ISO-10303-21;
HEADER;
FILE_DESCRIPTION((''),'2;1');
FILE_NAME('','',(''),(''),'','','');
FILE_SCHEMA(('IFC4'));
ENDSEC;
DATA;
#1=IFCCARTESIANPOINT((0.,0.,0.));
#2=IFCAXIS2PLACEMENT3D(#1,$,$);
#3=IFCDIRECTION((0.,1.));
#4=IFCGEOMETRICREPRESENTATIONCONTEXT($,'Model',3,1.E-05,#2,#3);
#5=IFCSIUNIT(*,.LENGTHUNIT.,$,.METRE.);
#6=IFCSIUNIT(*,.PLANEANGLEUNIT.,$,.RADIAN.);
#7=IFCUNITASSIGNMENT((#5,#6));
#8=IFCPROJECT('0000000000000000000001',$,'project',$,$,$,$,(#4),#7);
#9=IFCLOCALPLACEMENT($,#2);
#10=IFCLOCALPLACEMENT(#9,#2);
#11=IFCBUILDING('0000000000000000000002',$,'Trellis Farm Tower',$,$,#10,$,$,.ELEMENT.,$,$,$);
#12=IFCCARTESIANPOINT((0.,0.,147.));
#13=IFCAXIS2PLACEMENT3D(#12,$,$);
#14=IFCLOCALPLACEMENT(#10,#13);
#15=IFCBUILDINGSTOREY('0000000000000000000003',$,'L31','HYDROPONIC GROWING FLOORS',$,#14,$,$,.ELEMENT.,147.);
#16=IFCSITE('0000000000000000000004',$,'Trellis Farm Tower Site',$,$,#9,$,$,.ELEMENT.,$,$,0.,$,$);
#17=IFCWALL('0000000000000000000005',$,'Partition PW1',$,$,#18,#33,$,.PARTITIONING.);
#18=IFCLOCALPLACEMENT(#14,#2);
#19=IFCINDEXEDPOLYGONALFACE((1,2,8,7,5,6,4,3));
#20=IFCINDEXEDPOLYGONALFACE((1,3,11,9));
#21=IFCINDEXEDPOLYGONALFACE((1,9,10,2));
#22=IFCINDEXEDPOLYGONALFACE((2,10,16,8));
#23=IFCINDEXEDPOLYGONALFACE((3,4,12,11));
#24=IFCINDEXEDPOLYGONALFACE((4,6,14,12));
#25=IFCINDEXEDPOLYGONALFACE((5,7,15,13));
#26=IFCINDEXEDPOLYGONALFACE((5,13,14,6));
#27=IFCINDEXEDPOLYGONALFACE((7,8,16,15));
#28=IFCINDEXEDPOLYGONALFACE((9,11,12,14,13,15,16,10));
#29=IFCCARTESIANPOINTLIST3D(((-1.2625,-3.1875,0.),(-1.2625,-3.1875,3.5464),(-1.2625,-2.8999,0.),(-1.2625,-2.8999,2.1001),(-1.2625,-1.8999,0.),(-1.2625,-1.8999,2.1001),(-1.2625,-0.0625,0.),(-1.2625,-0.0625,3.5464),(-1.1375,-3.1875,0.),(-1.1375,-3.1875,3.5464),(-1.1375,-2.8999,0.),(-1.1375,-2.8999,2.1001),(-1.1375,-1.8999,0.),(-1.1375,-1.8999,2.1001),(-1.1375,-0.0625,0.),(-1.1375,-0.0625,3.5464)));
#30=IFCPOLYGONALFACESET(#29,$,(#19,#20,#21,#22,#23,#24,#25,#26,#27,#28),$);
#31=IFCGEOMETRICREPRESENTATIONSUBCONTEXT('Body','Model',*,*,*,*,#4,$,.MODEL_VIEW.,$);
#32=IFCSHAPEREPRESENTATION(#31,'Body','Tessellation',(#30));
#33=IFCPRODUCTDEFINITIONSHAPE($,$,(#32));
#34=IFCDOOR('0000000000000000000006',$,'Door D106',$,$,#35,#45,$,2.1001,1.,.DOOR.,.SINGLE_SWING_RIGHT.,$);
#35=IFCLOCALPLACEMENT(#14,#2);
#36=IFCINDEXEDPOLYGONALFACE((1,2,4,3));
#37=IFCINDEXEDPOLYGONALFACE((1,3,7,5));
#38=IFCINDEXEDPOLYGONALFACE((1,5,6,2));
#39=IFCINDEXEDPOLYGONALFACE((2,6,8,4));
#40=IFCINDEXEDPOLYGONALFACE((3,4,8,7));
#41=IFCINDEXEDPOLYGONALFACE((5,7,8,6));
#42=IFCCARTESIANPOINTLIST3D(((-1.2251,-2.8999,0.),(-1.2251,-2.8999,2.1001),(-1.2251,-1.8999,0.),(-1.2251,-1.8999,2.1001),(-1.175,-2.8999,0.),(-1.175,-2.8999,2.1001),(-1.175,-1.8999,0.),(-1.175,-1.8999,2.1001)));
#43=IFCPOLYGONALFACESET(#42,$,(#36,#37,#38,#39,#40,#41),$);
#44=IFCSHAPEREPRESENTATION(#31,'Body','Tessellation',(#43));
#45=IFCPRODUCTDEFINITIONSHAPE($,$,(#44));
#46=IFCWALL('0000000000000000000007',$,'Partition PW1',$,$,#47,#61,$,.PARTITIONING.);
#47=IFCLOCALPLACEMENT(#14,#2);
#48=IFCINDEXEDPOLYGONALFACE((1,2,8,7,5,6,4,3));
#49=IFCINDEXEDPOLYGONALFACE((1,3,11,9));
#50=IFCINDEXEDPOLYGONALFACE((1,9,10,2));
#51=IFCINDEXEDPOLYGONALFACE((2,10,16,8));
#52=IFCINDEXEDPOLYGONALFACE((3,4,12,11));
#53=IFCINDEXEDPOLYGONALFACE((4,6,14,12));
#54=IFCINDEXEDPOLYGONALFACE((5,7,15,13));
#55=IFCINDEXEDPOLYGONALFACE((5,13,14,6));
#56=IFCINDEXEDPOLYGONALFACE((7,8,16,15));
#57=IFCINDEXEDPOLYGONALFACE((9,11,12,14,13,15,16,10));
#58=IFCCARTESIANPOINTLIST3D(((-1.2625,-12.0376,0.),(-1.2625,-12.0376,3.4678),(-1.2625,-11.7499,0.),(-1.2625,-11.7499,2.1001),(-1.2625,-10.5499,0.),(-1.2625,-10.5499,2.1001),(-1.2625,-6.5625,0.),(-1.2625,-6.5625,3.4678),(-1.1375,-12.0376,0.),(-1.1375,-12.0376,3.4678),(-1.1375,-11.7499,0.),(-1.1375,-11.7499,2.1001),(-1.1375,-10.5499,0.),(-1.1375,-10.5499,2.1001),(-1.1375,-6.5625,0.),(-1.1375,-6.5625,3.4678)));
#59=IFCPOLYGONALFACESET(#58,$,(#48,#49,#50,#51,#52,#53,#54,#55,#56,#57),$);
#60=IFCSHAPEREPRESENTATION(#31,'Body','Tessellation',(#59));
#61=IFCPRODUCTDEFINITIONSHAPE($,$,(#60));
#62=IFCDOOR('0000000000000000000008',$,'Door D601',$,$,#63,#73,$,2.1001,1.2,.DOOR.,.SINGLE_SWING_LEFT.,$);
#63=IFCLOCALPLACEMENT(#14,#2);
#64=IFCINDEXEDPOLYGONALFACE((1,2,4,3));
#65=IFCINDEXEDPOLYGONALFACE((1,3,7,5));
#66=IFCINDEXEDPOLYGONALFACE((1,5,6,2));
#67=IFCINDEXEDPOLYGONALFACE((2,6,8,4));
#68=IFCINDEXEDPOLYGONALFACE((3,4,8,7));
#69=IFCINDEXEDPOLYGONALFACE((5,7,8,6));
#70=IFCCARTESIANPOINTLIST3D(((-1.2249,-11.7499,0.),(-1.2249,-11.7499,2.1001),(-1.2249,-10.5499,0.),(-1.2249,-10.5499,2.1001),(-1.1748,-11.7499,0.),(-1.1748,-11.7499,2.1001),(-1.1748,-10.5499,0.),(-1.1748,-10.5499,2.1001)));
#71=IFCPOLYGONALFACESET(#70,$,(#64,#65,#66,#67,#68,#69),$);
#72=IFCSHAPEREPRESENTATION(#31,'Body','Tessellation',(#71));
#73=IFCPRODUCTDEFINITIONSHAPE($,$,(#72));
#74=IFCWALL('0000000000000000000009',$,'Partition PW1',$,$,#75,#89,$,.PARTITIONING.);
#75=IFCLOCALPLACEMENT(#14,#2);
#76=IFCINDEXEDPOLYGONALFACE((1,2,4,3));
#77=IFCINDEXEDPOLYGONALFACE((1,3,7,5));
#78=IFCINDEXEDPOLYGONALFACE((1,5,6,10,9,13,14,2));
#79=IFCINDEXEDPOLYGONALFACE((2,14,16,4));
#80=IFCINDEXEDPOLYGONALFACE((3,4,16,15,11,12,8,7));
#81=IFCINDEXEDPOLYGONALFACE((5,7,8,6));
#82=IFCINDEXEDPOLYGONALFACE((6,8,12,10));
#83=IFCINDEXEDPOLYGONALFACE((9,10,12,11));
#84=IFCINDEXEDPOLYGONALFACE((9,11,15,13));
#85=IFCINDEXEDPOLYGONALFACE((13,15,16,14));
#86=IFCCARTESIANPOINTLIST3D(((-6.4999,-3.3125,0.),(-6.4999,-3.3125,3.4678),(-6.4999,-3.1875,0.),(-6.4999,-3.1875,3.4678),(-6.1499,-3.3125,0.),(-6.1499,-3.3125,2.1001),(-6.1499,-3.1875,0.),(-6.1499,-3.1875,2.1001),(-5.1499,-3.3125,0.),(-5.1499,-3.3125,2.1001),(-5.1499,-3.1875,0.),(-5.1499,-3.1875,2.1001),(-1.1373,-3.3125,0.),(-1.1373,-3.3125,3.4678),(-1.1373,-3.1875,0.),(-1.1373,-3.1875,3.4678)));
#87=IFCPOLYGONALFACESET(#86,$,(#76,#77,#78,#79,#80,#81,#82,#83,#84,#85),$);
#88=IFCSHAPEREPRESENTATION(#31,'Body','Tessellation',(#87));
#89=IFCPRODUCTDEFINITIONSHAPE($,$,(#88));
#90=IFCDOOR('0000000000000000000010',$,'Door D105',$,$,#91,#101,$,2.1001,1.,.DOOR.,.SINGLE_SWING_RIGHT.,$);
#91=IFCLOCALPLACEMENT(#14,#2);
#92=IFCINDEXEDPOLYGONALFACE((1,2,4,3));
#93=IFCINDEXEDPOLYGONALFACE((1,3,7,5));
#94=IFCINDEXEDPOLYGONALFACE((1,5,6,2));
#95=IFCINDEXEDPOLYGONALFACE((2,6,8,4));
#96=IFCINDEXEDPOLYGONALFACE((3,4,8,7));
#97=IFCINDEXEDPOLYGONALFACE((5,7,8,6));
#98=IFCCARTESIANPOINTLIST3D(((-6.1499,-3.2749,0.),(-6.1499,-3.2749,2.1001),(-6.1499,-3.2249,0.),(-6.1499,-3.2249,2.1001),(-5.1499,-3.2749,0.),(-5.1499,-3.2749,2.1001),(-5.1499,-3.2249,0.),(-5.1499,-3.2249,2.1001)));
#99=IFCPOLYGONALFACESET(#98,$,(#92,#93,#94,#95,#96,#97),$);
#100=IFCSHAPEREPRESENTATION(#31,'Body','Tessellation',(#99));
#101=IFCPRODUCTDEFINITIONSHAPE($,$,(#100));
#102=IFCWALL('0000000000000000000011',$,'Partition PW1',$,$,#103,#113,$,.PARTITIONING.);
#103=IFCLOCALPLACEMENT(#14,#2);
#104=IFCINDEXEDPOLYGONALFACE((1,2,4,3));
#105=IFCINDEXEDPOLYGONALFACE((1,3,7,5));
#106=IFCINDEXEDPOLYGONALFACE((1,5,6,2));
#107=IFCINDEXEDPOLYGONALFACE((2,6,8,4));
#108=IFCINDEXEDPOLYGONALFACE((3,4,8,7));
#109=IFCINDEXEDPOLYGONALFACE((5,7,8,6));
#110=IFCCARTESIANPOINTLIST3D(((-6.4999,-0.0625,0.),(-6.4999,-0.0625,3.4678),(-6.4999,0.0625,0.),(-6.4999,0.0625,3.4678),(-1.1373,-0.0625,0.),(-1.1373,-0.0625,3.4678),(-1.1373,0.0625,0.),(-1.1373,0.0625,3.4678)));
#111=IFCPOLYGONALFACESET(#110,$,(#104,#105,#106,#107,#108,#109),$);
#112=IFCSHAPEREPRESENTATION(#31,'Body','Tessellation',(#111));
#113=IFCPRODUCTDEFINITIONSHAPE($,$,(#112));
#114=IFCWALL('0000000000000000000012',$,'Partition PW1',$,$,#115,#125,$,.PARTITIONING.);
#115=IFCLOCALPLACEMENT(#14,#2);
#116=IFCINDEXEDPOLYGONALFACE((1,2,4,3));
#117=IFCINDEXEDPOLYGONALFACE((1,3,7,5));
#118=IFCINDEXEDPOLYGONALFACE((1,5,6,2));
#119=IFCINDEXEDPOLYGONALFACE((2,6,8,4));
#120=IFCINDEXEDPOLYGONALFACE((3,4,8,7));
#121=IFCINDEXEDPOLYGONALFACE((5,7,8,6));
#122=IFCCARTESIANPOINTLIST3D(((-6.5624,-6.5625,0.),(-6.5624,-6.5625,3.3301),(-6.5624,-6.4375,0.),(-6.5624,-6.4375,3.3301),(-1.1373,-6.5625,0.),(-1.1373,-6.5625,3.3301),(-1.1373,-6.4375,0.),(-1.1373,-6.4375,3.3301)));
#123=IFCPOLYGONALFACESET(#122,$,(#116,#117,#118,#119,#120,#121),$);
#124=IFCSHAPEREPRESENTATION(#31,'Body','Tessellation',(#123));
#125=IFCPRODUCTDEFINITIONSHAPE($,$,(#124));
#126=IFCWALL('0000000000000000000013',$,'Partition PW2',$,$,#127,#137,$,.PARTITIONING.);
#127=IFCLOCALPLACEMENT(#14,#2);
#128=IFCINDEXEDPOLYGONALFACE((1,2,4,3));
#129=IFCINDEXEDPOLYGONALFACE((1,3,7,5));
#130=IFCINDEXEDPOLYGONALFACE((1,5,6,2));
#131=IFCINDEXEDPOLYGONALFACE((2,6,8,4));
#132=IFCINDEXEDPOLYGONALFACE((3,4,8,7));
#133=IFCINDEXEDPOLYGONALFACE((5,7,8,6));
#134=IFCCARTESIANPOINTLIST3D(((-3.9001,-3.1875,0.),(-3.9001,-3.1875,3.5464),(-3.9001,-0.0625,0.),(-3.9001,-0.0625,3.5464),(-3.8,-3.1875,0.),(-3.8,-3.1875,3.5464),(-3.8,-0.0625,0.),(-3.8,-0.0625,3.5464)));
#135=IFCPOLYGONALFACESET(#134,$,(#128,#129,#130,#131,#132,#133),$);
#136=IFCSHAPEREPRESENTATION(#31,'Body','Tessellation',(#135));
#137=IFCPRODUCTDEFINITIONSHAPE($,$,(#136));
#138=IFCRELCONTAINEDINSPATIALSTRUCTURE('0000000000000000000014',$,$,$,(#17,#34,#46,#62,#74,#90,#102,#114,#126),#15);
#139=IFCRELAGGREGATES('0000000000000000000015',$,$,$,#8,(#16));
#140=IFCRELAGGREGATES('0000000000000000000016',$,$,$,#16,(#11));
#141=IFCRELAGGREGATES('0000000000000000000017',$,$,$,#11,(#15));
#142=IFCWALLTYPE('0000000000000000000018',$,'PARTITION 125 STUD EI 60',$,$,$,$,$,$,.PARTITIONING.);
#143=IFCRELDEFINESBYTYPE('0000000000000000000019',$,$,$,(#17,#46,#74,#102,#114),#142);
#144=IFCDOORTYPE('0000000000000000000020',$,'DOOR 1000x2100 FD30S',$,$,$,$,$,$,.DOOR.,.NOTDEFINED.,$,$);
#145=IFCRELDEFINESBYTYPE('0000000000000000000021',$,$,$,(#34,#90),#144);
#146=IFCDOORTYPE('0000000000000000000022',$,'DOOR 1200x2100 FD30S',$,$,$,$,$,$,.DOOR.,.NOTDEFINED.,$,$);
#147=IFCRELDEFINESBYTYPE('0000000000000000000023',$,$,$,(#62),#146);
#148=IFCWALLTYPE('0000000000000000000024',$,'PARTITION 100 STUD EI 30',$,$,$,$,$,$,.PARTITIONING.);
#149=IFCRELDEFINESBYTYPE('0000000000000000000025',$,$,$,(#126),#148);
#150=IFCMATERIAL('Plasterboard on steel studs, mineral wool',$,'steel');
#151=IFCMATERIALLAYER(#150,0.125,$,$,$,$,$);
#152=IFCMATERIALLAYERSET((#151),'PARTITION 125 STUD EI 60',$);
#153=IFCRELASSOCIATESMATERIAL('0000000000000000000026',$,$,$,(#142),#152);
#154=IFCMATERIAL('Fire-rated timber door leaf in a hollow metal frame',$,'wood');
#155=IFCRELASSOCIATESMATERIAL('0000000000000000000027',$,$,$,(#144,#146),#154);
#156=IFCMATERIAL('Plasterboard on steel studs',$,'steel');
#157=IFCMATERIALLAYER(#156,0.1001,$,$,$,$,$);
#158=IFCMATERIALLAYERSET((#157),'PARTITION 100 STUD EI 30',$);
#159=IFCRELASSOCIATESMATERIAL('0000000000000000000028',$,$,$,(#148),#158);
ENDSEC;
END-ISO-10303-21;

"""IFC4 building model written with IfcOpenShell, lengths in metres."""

from ifc_helpers import new_model, si_unit, direction, frame, frame_2d, origin, place, context, subcontext, project, spatial, rectangle, extrude, source, transform, mapped, material, layer, layer_set, type_object, element, fill, save


model = new_model("IFC4")

# Units and contexts
model_context = context("Model", 3, precision=1e-05, world=origin(), true_north=direction((0.0, 1.0)))
body_context = subcontext(model_context, "Body", "Model", "MODEL_VIEW")
ifc_project = project(units=[si_unit("LENGTHUNIT", "METRE"), si_unit("PLANEANGLEUNIT", "RADIAN")], contexts=[model_context])

# Site, building, storey
site_placement = place(None, origin())
site = spatial("IfcSite", under=ifc_project, at=site_placement, Name="Trellis Farm Tower Site", CompositionType="ELEMENT", RefElevation=0.0)
building_placement = place(site_placement, origin())
building = spatial("IfcBuilding", under=site, at=building_placement, Name="Trellis Farm Tower", CompositionType="ELEMENT")
storey_placement = place(building_placement, frame((0.0, 0.0, 147.0)))
storey = spatial("IfcBuildingStorey", under=building, at=storey_placement, Name="L31", Description="HYDROPONIC GROWING FLOORS", CompositionType="ELEMENT", Elevation=147.0)

# Walls, openings, doors
ifc_material_1 = material(Name="Plasterboard on steel studs, mineral wool", Category="steel")
ifc_layer_1 = layer(ifc_material_1, 0.125)
ifc_layer_set_1 = layer_set([ifc_layer_1], Name="PARTITION 125 STUD EI 60")
wall_type_1 = type_object("IfcWallType", Name="PARTITION 125 STUD EI 60", PredefinedType="PARTITIONING", material=ifc_layer_set_1)
shared_shape_1 = source(origin(), body_context, "Body", "SweptSolid", [
    extrude(rectangle(XDim=3.125, YDim=0.125, at=frame_2d((1.5625, 0.0))), origin(), (0.0, 0.0, 1.0), 3.5464),
])
wall_1_placement = place(storey_placement, frame((-1.2, -0.0625, 0.0), z_axis=(0.0, 0.0, 1.0), x_axis=(0.0, -1.0, 0.0)))
wall_1 = element("IfcWall", 1, at=wall_1_placement, inside=storey, type_object=wall_type_1, Name="Partition PW1", PredefinedType="PARTITIONING", context=body_context, shape_type="MappedRepresentation", body=[
    mapped(shared_shape_1, transform((0.0, 0.0, 0.0))),
])
shared_shape_2 = source(origin(), body_context, "Body", "SweptSolid", [
    extrude(rectangle(XDim=1.0, YDim=2.1001, at=frame_2d((0.5, 1.05))), frame((0.0, 0.0725, 0.0), z_axis=(0.0, -1.0, 0.0), x_axis=(1.0, 0.0, 0.0)), (0.0, 0.0, 1.0), 0.145),
])
opening_1_placement = place(wall_1_placement, frame((1.8374, 0.0, 0.0)))
opening_1 = element("IfcOpeningElement", 2, at=opening_1_placement, cuts=wall_1, PredefinedType="OPENING", context=body_context, shape_type="MappedRepresentation", body=[
    mapped(shared_shape_2, transform((0.0, 0.0, 0.0))),
])
ifc_material_2 = material(Name="Fire-rated timber door leaf in a hollow metal frame", Category="wood")
door_type_1 = type_object("IfcDoorType", Name="DOOR 1000x2100 FD30S", OperationType="NOTDEFINED", PredefinedType="DOOR", material=ifc_material_2)
shared_shape_3 = source(origin(), body_context, "Body", "SweptSolid", [
    extrude(rectangle(XDim=1.0, YDim=2.1001, at=frame_2d((0.5, 1.05))), frame((0.0, 0.0249, 0.0), z_axis=(0.0, -1.0, 0.0), x_axis=(1.0, 0.0, 0.0)), (0.0, 0.0, 1.0), 0.05),
])
door_1_placement = place(opening_1_placement, origin())
door_1 = element("IfcDoor", 3, at=door_1_placement, inside=storey, type_object=door_type_1, Name="Door D106", OperationType="SINGLE_SWING_RIGHT", OverallHeight=2.1001, OverallWidth=1.0, PredefinedType="DOOR", context=body_context, shape_type="MappedRepresentation", body=[
    mapped(shared_shape_3, transform((0.0, 0.0, 0.0))),
])
fill(opening_1, door_1)
shared_shape_4 = source(origin(), body_context, "Body", "SweptSolid", [
    extrude(rectangle(XDim=5.4751, YDim=0.125, at=frame_2d((2.7375, 0.0))), origin(), (0.0, 0.0, 1.0), 3.4678),
])
wall_2_placement = place(storey_placement, frame((-1.2, -12.0376, 0.0), z_axis=(0.0, 0.0, 1.0), x_axis=(0.0, 1.0, 0.0)))
wall_2 = element("IfcWall", 4, at=wall_2_placement, inside=storey, type_object=wall_type_1, Name="Partition PW1", PredefinedType="PARTITIONING", context=body_context, shape_type="MappedRepresentation", body=[
    mapped(shared_shape_4, transform((0.0, 0.0, 0.0))),
])
shared_shape_5 = source(origin(), body_context, "Body", "SweptSolid", [
    extrude(rectangle(XDim=1.2, YDim=2.1001, at=frame_2d((0.6001, 1.05))), frame((0.0, 0.0725, 0.0), z_axis=(0.0, -1.0, 0.0), x_axis=(1.0, 0.0, 0.0)), (0.0, 0.0, 1.0), 0.145),
])
opening_2_placement = place(wall_2_placement, frame((0.2876, 0.0, 0.0)))
opening_2 = element("IfcOpeningElement", 5, at=opening_2_placement, cuts=wall_2, PredefinedType="OPENING", context=body_context, shape_type="MappedRepresentation", body=[
    mapped(shared_shape_5, transform((0.0, 0.0, 0.0))),
])
door_type_2 = type_object("IfcDoorType", Name="DOOR 1200x2100 FD30S", OperationType="NOTDEFINED", PredefinedType="DOOR", material=ifc_material_2)
shared_shape_6 = source(origin(), body_context, "Body", "SweptSolid", [
    extrude(rectangle(XDim=1.2, YDim=2.1001, at=frame_2d((0.6001, 1.05))), frame((0.0, 0.0249, 0.0), z_axis=(0.0, -1.0, 0.0), x_axis=(1.0, 0.0, 0.0)), (0.0, 0.0, 1.0), 0.05),
])
door_2_placement = place(opening_2_placement, origin())
door_2 = element("IfcDoor", 6, at=door_2_placement, inside=storey, type_object=door_type_2, Name="Door D601", OperationType="SINGLE_SWING_LEFT", OverallHeight=2.1001, OverallWidth=1.2, PredefinedType="DOOR", context=body_context, shape_type="MappedRepresentation", body=[
    mapped(shared_shape_6, transform((0.0, 0.0, 0.0))),
])
fill(opening_2, door_2)
shared_shape_7 = source(origin(), body_context, "Body", "SweptSolid", [
    extrude(rectangle(XDim=5.3625, YDim=0.125, at=frame_2d((2.6812, 0.0))), origin(), (0.0, 0.0, 1.0), 3.4678),
])
wall_3_placement = place(storey_placement, frame((-1.1375, -3.25, 0.0), z_axis=(0.0, 0.0, 1.0), x_axis=(-1.0, 0.0, 0.0)))
wall_3 = element("IfcWall", 7, at=wall_3_placement, inside=storey, type_object=wall_type_1, Name="Partition PW1", PredefinedType="PARTITIONING", context=body_context, shape_type="MappedRepresentation", body=[
    mapped(shared_shape_7, transform((0.0, 0.0, 0.0))),
])
opening_3_placement = place(wall_3_placement, frame((4.0125, 0.0, 0.0)))
opening_3 = element("IfcOpeningElement", 8, at=opening_3_placement, cuts=wall_3, PredefinedType="OPENING", context=body_context, shape_type="MappedRepresentation", body=[
    mapped(shared_shape_2, transform((0.0, 0.0, 0.0))),
])
door_3_placement = place(opening_3_placement, origin())
door_3 = element("IfcDoor", 9, at=door_3_placement, inside=storey, type_object=door_type_1, Name="Door D105", OperationType="SINGLE_SWING_RIGHT", OverallHeight=2.1001, OverallWidth=1.0, PredefinedType="DOOR", context=body_context, shape_type="MappedRepresentation", body=[
    mapped(shared_shape_3, transform((0.0, 0.0, 0.0))),
])
fill(opening_3, door_3)

# Walls
wall_4_placement = place(storey_placement, frame((-1.1375, 0.0, 0.0), z_axis=(0.0, 0.0, 1.0), x_axis=(-1.0, 0.0, 0.0)))
element("IfcWall", 10, at=wall_4_placement, inside=storey, type_object=wall_type_1, Name="Partition PW1", PredefinedType="PARTITIONING", context=body_context, shape_type="MappedRepresentation", body=[
    mapped(shared_shape_7, transform((0.0, 0.0, 0.0))),
])
shared_shape_8 = source(origin(), body_context, "Body", "SweptSolid", [
    extrude(rectangle(XDim=5.425, YDim=0.125, at=frame_2d((2.7124, 0.0))), origin(), (0.0, 0.0, 1.0), 3.3301),
])
wall_5_placement = place(storey_placement, frame((-1.1375, -6.5, 0.0), z_axis=(0.0, 0.0, 1.0), x_axis=(-1.0, 0.0, 0.0)))
element("IfcWall", 11, at=wall_5_placement, inside=storey, type_object=wall_type_1, Name="Partition PW1", PredefinedType="PARTITIONING", context=body_context, shape_type="MappedRepresentation", body=[
    mapped(shared_shape_8, transform((0.0, 0.0, 0.0))),
])
ifc_material_3 = material(Name="Plasterboard on steel studs", Category="steel")
ifc_layer_2 = layer(ifc_material_3, 0.1001)
ifc_layer_set_2 = layer_set([ifc_layer_2], Name="PARTITION 100 STUD EI 30")
wall_type_2 = type_object("IfcWallType", Name="PARTITION 100 STUD EI 30", PredefinedType="PARTITIONING", material=ifc_layer_set_2)
shared_shape_9 = source(origin(), body_context, "Body", "SweptSolid", [
    extrude(rectangle(XDim=3.125, YDim=0.1001, at=frame_2d((1.5625, 0.0))), origin(), (0.0, 0.0, 1.0), 3.5464),
])
wall_6_placement = place(storey_placement, frame((-3.8501, -3.1875, 0.0), z_axis=(0.0, 0.0, 1.0), x_axis=(0.0, 1.0, 0.0)))
element("IfcWall", 12, at=wall_6_placement, inside=storey, type_object=wall_type_2, Name="Partition PW2", PredefinedType="PARTITIONING", context=body_context, shape_type="MappedRepresentation", body=[
    mapped(shared_shape_9, transform((0.0, 0.0, 0.0))),
])

save(model, "model.ifc")
